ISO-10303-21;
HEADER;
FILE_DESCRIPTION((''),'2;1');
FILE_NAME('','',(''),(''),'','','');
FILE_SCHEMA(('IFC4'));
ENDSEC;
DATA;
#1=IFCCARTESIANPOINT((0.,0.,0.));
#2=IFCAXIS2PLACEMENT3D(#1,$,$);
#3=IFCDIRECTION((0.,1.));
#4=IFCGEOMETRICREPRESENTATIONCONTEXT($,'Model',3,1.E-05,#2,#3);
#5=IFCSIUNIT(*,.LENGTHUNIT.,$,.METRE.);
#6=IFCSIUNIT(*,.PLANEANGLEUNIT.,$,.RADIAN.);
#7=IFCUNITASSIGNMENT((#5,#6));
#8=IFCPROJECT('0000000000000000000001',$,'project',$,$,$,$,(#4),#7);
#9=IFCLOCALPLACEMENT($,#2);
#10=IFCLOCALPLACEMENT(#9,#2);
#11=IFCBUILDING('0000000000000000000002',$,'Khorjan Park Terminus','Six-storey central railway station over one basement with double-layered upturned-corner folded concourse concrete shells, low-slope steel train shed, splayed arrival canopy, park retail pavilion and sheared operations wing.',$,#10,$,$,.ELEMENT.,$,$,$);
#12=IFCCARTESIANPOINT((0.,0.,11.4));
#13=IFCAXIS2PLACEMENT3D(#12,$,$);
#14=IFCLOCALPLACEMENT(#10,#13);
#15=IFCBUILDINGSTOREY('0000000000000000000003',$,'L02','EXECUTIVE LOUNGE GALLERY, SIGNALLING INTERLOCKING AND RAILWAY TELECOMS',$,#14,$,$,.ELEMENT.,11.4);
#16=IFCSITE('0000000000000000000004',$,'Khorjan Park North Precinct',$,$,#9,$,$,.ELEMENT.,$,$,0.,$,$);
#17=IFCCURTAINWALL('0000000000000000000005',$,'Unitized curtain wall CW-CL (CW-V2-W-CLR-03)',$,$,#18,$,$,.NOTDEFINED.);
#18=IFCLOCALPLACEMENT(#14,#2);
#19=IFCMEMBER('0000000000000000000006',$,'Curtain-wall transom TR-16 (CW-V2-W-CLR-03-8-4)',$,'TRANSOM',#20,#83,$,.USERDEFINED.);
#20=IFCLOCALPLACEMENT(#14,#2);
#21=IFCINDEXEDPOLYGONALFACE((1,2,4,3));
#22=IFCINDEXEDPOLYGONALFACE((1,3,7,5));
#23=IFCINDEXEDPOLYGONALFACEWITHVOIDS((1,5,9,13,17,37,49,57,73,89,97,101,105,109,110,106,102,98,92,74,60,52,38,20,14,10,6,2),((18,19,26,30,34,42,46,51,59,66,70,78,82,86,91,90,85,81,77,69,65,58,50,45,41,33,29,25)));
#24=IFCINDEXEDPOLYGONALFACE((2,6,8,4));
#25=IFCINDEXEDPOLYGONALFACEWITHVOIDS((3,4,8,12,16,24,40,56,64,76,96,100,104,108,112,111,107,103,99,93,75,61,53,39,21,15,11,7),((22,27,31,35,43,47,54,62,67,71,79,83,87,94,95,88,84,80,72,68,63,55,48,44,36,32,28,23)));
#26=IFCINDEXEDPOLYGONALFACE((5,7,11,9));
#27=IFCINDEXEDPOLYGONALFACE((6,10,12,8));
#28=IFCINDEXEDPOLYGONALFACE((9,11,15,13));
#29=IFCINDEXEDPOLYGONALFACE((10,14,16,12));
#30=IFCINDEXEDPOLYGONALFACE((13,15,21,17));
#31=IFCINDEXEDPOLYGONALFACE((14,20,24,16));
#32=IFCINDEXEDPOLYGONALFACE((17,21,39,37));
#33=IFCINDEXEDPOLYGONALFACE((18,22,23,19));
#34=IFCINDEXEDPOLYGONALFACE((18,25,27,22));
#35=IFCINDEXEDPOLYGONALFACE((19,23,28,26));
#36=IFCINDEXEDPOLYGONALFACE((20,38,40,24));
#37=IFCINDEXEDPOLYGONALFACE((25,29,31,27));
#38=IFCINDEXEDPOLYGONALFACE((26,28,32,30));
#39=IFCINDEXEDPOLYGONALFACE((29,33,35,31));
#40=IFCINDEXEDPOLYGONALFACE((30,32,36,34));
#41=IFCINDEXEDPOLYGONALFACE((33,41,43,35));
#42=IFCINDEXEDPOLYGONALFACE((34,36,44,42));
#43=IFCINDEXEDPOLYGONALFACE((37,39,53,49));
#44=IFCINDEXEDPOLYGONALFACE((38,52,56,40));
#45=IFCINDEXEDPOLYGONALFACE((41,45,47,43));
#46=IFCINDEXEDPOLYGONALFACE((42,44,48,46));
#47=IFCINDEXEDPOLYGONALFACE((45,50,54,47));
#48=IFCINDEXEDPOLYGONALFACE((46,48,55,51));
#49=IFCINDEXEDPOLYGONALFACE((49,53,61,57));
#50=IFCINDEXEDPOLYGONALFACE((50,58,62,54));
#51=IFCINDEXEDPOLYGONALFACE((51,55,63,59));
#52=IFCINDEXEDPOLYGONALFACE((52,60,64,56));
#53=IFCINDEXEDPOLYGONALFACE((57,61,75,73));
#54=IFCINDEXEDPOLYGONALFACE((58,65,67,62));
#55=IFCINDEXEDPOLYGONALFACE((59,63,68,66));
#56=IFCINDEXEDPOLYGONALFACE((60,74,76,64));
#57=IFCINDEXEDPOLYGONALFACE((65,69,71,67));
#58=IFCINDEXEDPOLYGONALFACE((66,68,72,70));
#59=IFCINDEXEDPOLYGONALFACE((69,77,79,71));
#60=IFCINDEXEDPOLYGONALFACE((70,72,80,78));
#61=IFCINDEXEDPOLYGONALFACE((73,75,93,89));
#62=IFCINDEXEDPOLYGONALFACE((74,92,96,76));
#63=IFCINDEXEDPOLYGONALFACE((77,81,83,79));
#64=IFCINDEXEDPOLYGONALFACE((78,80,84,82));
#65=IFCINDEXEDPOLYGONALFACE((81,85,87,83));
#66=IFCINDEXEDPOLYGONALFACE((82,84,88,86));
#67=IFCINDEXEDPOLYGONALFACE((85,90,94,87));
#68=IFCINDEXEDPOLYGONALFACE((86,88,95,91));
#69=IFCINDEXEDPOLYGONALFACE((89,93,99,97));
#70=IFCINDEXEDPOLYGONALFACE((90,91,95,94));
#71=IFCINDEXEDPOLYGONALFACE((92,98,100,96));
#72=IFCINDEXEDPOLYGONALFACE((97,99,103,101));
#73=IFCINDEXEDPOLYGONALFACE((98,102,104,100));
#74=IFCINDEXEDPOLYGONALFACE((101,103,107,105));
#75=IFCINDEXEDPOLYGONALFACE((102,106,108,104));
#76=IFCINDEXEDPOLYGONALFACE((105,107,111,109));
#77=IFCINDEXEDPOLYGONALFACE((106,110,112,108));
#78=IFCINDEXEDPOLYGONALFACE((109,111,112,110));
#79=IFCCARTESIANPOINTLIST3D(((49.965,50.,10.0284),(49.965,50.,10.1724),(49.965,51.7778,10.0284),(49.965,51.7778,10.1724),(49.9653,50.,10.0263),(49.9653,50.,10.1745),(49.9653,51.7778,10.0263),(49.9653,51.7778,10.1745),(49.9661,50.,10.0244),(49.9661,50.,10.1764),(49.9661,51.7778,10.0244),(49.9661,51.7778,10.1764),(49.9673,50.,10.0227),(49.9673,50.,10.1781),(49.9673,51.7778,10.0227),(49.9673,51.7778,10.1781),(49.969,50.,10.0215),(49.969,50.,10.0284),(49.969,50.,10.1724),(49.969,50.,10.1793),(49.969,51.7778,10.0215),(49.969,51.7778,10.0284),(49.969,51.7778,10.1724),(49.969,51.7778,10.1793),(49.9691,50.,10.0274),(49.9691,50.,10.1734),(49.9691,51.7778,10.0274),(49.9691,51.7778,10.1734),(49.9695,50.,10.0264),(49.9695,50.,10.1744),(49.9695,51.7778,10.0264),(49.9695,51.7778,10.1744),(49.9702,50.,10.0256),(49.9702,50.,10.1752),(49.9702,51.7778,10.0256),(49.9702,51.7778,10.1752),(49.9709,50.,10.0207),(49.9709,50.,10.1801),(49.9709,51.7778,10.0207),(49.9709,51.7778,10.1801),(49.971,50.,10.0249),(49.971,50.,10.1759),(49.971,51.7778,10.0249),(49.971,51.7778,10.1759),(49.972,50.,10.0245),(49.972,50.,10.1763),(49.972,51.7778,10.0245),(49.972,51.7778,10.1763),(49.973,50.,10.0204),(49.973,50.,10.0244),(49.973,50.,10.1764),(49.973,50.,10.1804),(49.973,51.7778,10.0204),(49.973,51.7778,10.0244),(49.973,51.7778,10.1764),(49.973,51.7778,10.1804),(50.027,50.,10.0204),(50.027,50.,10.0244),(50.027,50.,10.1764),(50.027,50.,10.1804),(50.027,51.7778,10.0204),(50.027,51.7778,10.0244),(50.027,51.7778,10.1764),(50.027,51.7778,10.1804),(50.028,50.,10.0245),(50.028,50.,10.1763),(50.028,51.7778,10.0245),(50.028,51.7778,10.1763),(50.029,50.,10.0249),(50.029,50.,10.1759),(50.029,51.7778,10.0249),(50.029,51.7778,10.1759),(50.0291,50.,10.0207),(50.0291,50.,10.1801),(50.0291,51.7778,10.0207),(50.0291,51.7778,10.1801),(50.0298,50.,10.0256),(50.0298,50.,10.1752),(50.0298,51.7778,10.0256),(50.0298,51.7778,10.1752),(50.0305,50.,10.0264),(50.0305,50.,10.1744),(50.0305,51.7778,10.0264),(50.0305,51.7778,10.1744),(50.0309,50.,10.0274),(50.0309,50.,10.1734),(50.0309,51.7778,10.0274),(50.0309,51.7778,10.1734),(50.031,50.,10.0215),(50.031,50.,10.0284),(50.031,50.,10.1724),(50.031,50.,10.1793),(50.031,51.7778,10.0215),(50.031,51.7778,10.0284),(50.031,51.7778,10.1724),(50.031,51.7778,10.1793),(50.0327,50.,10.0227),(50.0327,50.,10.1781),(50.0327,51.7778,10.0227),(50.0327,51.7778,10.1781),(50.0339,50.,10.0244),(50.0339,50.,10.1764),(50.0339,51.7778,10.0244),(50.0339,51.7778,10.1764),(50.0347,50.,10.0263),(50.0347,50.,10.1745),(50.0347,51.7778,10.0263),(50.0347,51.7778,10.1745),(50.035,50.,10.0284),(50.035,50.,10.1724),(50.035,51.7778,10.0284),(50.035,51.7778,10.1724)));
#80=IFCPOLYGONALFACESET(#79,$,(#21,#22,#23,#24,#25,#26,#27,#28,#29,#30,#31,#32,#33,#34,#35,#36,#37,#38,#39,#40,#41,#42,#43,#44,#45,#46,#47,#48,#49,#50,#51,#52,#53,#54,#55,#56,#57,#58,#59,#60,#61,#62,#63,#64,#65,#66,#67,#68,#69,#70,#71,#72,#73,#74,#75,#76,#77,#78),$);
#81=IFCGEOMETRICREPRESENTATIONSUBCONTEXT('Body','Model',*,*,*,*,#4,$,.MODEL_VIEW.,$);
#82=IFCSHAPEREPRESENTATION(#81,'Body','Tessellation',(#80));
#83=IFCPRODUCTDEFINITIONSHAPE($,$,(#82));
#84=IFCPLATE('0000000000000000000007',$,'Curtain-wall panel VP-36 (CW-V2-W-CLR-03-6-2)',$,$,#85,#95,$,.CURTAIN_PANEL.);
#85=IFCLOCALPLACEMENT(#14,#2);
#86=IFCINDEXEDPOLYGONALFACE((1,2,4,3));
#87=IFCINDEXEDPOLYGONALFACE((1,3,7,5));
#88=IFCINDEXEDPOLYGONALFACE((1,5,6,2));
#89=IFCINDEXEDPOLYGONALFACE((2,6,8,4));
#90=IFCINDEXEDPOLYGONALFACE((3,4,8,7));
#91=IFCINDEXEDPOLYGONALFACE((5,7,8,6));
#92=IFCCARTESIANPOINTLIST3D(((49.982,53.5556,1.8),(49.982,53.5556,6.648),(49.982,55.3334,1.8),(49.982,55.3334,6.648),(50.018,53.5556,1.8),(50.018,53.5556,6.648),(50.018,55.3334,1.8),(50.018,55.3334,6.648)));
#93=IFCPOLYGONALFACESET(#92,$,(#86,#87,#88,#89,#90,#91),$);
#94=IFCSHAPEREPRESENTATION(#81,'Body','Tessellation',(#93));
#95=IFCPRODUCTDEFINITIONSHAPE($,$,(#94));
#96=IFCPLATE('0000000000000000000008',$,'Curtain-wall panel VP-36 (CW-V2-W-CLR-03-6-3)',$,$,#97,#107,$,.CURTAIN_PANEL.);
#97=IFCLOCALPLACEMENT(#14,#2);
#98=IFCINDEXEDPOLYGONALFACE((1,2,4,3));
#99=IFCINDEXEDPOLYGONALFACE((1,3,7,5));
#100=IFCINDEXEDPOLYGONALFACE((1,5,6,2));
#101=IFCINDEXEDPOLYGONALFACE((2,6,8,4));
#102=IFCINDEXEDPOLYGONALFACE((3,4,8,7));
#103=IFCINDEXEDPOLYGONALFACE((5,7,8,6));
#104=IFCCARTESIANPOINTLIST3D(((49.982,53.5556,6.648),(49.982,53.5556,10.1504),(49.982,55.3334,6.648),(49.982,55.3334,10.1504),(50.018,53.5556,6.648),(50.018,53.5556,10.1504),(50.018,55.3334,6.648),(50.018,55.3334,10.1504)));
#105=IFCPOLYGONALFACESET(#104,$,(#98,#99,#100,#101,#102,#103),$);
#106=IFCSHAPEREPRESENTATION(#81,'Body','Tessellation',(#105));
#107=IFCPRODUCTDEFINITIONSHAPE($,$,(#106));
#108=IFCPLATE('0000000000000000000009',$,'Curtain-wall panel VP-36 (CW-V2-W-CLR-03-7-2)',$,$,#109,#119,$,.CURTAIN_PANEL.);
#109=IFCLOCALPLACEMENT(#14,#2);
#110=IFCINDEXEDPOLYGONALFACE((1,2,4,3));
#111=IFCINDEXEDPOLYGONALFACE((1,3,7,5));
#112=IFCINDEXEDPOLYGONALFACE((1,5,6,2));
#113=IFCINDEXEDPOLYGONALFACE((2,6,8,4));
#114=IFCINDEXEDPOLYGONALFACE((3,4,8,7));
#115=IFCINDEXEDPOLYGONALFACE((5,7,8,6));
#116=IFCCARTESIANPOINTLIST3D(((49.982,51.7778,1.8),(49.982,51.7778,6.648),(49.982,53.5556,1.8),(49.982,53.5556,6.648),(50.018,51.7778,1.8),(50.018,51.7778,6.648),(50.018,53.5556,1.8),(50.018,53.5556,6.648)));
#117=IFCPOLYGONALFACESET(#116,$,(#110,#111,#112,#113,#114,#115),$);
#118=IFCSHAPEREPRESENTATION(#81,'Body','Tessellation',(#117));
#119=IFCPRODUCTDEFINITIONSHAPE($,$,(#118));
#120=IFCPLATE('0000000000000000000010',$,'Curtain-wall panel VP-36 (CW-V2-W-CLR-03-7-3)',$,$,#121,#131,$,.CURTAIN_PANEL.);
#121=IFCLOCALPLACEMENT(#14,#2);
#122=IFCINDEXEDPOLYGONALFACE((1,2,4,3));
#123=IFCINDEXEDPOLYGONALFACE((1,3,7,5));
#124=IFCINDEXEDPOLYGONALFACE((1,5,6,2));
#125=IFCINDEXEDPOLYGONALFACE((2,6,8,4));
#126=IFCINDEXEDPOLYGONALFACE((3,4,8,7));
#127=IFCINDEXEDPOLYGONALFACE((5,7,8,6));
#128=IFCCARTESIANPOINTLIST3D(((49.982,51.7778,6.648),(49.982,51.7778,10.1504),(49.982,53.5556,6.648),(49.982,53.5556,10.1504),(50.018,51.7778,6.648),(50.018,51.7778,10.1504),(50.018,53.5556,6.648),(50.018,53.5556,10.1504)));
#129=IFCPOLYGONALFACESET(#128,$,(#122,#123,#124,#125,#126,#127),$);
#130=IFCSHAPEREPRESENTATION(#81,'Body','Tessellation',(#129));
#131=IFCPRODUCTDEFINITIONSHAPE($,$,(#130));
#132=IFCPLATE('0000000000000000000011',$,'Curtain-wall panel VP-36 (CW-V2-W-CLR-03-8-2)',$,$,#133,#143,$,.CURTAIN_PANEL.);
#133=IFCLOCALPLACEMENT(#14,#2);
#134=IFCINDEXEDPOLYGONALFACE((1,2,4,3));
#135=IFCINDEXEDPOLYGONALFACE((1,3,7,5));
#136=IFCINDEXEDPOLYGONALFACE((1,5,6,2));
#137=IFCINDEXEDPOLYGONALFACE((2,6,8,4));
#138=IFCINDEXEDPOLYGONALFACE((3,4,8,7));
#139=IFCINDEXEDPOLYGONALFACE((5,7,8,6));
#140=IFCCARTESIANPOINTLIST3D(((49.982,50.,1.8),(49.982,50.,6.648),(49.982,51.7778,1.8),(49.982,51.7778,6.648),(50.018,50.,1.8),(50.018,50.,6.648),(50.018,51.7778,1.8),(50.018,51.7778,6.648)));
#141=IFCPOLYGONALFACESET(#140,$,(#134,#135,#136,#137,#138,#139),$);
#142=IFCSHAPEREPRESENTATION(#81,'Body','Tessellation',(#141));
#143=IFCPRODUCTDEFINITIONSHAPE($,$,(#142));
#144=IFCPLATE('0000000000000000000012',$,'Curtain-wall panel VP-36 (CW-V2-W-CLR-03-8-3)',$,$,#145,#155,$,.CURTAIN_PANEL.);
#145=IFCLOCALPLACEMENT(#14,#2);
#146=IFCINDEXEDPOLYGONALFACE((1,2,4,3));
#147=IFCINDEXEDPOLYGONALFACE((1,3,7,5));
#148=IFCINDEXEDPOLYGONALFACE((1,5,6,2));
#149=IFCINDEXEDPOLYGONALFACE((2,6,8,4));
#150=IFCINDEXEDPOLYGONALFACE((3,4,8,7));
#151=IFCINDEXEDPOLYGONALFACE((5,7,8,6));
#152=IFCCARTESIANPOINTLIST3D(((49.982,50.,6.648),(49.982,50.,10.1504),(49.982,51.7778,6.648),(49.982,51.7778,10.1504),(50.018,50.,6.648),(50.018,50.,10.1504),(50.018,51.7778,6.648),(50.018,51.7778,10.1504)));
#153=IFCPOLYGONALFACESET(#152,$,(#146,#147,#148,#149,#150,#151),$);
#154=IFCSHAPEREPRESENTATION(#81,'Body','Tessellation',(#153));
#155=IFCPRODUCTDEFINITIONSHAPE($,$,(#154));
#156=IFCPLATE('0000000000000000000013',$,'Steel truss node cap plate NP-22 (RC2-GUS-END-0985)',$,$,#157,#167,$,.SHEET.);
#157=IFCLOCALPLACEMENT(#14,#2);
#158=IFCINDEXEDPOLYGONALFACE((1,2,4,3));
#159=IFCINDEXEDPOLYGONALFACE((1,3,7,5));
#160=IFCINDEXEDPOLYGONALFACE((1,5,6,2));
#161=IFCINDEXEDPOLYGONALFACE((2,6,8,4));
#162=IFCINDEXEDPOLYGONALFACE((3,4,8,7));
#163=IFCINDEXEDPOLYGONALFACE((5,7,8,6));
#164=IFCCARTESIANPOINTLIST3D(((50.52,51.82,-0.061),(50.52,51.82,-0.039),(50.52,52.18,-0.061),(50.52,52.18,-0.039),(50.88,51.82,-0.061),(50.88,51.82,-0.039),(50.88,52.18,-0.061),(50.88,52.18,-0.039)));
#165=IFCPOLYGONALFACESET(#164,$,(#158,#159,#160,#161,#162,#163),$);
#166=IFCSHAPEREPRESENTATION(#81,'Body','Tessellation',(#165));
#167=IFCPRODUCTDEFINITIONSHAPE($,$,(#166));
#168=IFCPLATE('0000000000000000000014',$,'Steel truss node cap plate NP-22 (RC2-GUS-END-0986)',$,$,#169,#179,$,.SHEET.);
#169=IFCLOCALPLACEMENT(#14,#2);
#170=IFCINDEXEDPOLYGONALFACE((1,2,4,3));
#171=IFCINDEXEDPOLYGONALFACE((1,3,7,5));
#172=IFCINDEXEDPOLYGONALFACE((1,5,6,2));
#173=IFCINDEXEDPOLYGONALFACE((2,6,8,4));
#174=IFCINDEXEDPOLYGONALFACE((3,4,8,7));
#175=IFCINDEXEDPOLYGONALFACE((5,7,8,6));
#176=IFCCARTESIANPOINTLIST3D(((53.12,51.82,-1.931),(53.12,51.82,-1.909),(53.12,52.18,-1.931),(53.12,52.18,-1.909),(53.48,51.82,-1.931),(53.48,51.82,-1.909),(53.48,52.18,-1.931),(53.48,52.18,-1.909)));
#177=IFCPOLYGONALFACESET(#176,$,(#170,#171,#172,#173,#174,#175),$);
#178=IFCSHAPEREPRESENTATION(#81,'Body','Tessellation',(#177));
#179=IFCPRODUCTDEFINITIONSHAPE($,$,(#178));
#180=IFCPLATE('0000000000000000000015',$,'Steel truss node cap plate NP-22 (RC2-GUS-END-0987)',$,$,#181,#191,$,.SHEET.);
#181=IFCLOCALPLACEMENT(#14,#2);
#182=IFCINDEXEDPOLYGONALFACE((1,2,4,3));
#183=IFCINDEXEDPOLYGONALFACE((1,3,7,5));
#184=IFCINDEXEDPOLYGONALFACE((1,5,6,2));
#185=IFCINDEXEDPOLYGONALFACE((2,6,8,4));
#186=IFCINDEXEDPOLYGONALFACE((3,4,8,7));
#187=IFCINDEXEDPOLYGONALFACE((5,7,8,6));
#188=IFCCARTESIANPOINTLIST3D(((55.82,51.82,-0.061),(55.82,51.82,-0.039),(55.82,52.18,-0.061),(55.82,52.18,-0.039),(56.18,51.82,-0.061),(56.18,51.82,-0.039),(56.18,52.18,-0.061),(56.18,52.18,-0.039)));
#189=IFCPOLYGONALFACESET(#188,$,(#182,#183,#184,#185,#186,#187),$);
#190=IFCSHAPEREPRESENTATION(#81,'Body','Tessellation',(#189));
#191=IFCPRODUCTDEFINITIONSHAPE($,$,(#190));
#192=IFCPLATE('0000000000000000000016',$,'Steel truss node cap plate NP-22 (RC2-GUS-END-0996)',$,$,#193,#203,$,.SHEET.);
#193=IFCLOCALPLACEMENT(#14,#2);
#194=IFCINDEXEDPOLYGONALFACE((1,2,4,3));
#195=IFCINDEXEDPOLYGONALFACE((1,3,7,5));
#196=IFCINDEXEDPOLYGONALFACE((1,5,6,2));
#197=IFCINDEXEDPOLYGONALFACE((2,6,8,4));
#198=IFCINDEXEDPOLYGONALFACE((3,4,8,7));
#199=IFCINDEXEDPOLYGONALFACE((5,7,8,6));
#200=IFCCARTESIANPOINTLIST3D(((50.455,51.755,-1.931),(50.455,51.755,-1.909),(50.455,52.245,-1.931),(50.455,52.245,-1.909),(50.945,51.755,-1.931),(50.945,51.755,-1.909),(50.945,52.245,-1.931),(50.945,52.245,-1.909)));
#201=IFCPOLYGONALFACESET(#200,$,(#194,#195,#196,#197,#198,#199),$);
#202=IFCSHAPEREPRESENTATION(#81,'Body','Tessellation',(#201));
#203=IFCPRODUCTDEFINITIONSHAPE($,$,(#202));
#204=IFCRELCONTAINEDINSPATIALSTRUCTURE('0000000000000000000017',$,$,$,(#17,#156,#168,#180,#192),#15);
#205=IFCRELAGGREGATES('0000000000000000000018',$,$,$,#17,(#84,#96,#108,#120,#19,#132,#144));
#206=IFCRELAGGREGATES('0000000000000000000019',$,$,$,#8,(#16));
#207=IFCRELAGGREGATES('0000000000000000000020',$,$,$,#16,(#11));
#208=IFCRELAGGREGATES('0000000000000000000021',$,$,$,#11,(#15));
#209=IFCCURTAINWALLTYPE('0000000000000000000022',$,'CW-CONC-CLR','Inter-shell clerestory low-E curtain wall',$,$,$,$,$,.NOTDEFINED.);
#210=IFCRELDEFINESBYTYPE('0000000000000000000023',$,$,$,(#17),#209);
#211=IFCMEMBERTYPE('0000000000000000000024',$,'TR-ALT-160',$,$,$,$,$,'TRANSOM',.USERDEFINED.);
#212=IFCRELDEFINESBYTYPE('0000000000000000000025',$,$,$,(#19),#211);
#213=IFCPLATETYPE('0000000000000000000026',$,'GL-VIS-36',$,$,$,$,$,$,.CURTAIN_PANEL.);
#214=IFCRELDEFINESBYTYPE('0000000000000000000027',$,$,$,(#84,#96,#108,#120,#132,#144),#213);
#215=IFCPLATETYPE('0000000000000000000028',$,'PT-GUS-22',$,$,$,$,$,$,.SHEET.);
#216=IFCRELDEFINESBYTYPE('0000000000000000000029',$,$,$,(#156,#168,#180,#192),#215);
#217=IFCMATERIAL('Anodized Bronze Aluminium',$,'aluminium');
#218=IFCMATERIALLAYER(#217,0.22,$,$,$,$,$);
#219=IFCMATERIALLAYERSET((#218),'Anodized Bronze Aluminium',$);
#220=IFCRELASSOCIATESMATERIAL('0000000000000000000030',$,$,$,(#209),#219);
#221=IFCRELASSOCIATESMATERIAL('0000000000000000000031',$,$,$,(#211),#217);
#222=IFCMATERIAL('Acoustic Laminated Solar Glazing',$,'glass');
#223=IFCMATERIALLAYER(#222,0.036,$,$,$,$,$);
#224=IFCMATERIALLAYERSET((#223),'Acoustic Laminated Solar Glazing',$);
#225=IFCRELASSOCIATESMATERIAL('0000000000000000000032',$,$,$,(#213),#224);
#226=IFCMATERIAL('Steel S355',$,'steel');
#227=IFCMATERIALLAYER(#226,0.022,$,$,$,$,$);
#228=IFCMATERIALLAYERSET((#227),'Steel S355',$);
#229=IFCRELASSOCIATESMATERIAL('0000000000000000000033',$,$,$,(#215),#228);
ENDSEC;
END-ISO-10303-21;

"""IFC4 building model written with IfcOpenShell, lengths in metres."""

from ifc_helpers import new_model, si_unit, direction, frame, origin, origin_2d, place, context, subcontext, project, spatial, rectangle, hollow_rectangle, extrude, material, layer, layer_set, material_profile, profile_set, type_object, element, aggregate, save


model = new_model("IFC4")

# Units and contexts
model_context = context("Model", 3, precision=1e-05, world=origin(), true_north=direction((0.0, 1.0)))
body_context = subcontext(model_context, "Body", "Model", "MODEL_VIEW")
ifc_project = project(units=[si_unit("LENGTHUNIT", "METRE"), si_unit("PLANEANGLEUNIT", "RADIAN")], contexts=[model_context])

# Site, building, storey
site_placement = place(None, origin())
site = spatial("IfcSite", under=ifc_project, at=site_placement, Name="Khorjan Park North Precinct", CompositionType="ELEMENT", RefElevation=0.0)
building_placement = place(site_placement, origin())
building = spatial("IfcBuilding", under=site, at=building_placement, Name="Khorjan Park Terminus", Description="Six-storey central railway station over one basement with double-layered upturned-corner folded concourse concrete shells, low-slope steel train shed, splayed arrival canopy, park retail pavilion and sheared operations wing.", CompositionType="ELEMENT")
storey_placement = place(building_placement, frame((0.0, 0.0, 11.4)))
storey = spatial("IfcBuildingStorey", under=building, at=storey_placement, Name="L02", Description="EXECUTIVE LOUNGE GALLERY, SIGNALLING INTERLOCKING AND RAILWAY TELECOMS", CompositionType="ELEMENT", Elevation=11.4)

# Shared definitions
ifc_material_1 = material(Name="Steel S355", Category="steel")

# Curtain wall, member, plates
ifc_material_2 = material(Name="Anodized Bronze Aluminium", Category="aluminium")
ifc_layer_1 = layer(ifc_material_2, 0.22)
ifc_layer_set_1 = layer_set([ifc_layer_1], Name="Anodized Bronze Aluminium")
curtain_wall_type = type_object("IfcCurtainWallType", Name="CW-CONC-CLR", Description="Inter-shell clerestory low-E curtain wall", PredefinedType="NOTDEFINED", material=ifc_layer_set_1)
curtain_wall_placement = place(storey_placement, origin())
curtain_wall = element("IfcCurtainWall", 1, at=curtain_wall_placement, inside=storey, type_object=curtain_wall_type, Name="Unitized curtain wall CW-CL (CW-V2-W-CLR-03)", PredefinedType="NOTDEFINED")
ifc_material_profile_1 = material_profile(ifc_material_2, hollow_rectangle(XDim=0.07, YDim=0.16, WallThickness=0.004, InnerFilletRadius=0.004, OuterFilletRadius=0.008, at=origin_2d()), Name="ALT 70x160x4")
ifc_profile_set_1 = profile_set([ifc_material_profile_1], Name="Anodized Bronze Aluminium")
member_type_1 = type_object("IfcMemberType", Name="TR-ALT-160", ElementType="TRANSOM", PredefinedType="USERDEFINED", material=ifc_profile_set_1)
member_1_placement = place(storey_placement, frame((50.0, 51.7778, 10.1004), z_axis=(0.0, -1.0, 0.0), x_axis=(1.0, 0.0, 0.0)))
member_1 = element("IfcMember", 2, at=member_1_placement, type_object=member_type_1, Name="Curtain-wall transom TR-16 (CW-V2-W-CLR-03-8-4)", ObjectType="TRANSOM", PredefinedType="USERDEFINED", context=body_context, shape_type="SweptSolid", body=[
    extrude(hollow_rectangle(XDim=0.07, YDim=0.16, WallThickness=0.004, InnerFilletRadius=0.004, OuterFilletRadius=0.008, at=origin_2d()), origin(), (0.0, 0.0, 1.0), 1.7778),
])
ifc_material_3 = material(Name="Acoustic Laminated Solar Glazing", Category="glass")
ifc_layer_2 = layer(ifc_material_3, 0.036)
ifc_layer_set_2 = layer_set([ifc_layer_2], Name="Acoustic Laminated Solar Glazing")
plate_type_1 = type_object("IfcPlateType", Name="GL-VIS-36", PredefinedType="CURTAIN_PANEL", material=ifc_layer_set_2)
plate_1_placement = place(storey_placement, frame((50.0, 54.4445, 1.8), z_axis=(0.0, 0.0, 1.0), x_axis=(0.0, -1.0, 0.0)))
plate_1 = element("IfcPlate", 3, at=plate_1_placement, type_object=plate_type_1, Name="Curtain-wall panel VP-36 (CW-V2-W-CLR-03-6-2)", PredefinedType="CURTAIN_PANEL", context=body_context, shape_type="SweptSolid", body=[
    extrude(rectangle(XDim=1.7778, YDim=0.036, at=origin_2d()), origin(), (0.0, 0.0, 1.0), 4.848),
])
plate_2_placement = place(storey_placement, frame((50.0, 54.4445, 6.648), z_axis=(0.0, 0.0, 1.0), x_axis=(0.0, -1.0, 0.0)))
plate_2 = element("IfcPlate", 4, at=plate_2_placement, type_object=plate_type_1, Name="Curtain-wall panel VP-36 (CW-V2-W-CLR-03-6-3)", PredefinedType="CURTAIN_PANEL", context=body_context, shape_type="SweptSolid", body=[
    extrude(rectangle(XDim=1.7778, YDim=0.036, at=origin_2d()), origin(), (0.0, 0.0, 1.0), 3.5024),
])
plate_3_placement = place(storey_placement, frame((50.0, 52.6667, 1.8), z_axis=(0.0, 0.0, 1.0), x_axis=(0.0, -1.0, 0.0)))
plate_3 = element("IfcPlate", 5, at=plate_3_placement, type_object=plate_type_1, Name="Curtain-wall panel VP-36 (CW-V2-W-CLR-03-7-2)", PredefinedType="CURTAIN_PANEL", context=body_context, shape_type="SweptSolid", body=[
    extrude(rectangle(XDim=1.7778, YDim=0.036, at=origin_2d()), origin(), (0.0, 0.0, 1.0), 4.848),
])
plate_4_placement = place(storey_placement, frame((50.0, 52.6667, 6.648), z_axis=(0.0, 0.0, 1.0), x_axis=(0.0, -1.0, 0.0)))
plate_4 = element("IfcPlate", 6, at=plate_4_placement, type_object=plate_type_1, Name="Curtain-wall panel VP-36 (CW-V2-W-CLR-03-7-3)", PredefinedType="CURTAIN_PANEL", context=body_context, shape_type="SweptSolid", body=[
    extrude(rectangle(XDim=1.7778, YDim=0.036, at=origin_2d()), origin(), (0.0, 0.0, 1.0), 3.5024),
])
plate_5_placement = place(storey_placement, frame((50.0, 50.8889, 1.8), z_axis=(0.0, 0.0, 1.0), x_axis=(0.0, -1.0, 0.0)))
plate_5 = element("IfcPlate", 7, at=plate_5_placement, type_object=plate_type_1, Name="Curtain-wall panel VP-36 (CW-V2-W-CLR-03-8-2)", PredefinedType="CURTAIN_PANEL", context=body_context, shape_type="SweptSolid", body=[
    extrude(rectangle(XDim=1.7778, YDim=0.036, at=origin_2d()), origin(), (0.0, 0.0, 1.0), 4.848),
])
plate_6_placement = place(storey_placement, frame((50.0, 50.8889, 6.648), z_axis=(0.0, 0.0, 1.0), x_axis=(0.0, -1.0, 0.0)))
plate_6 = element("IfcPlate", 8, at=plate_6_placement, type_object=plate_type_1, Name="Curtain-wall panel VP-36 (CW-V2-W-CLR-03-8-3)", PredefinedType="CURTAIN_PANEL", context=body_context, shape_type="SweptSolid", body=[
    extrude(rectangle(XDim=1.7778, YDim=0.036, at=origin_2d()), origin(), (0.0, 0.0, 1.0), 3.5024),
])

# Plates
ifc_layer_3 = layer(ifc_material_1, 0.022)
ifc_layer_set_3 = layer_set([ifc_layer_3], Name="Steel S355")
plate_type_2 = type_object("IfcPlateType", Name="PT-GUS-22", PredefinedType="SHEET", material=ifc_layer_set_3)
for number, where, z_axis, x_axis, name in (
    (9, (50.7, 52.0, -0.061), (0.0, 0.0, 1.0), (1.0, 0.0, 0.0), "Steel truss node cap plate NP-22 (RC2-GUS-END-0985)"),
    (10, (53.3, 52.0, -1.931), (0.0, 0.0, 1.0), (1.0, 0.0, 0.0), "Steel truss node cap plate NP-22 (RC2-GUS-END-0986)"),
    (11, (56.0, 52.0, -0.061), (0.0, 0.0, 1.0), (1.0, 0.0, 0.0), "Steel truss node cap plate NP-22 (RC2-GUS-END-0987)"),
):
    element("IfcPlate", number, at=place(storey_placement, frame(where, z_axis=z_axis, x_axis=x_axis)), inside=storey, type_object=plate_type_2, Name=name, PredefinedType="SHEET", context=body_context, shape_type="SweptSolid", body=[
        extrude(rectangle(XDim=0.36, YDim=0.36, at=origin_2d()), origin(), (0.0, 0.0, 1.0), 0.022),
    ])
for number, where, z_axis, x_axis, name in (
    (12, (50.7, 52.0, -1.931), (0.0, 0.0, 1.0), (1.0, 0.0, 0.0), "Steel truss node cap plate NP-22 (RC2-GUS-END-0996)"),
):
    element("IfcPlate", number, at=place(storey_placement, frame(where, z_axis=z_axis, x_axis=x_axis)), inside=storey, type_object=plate_type_2, Name=name, PredefinedType="SHEET", context=body_context, shape_type="SweptSolid", body=[
        extrude(rectangle(XDim=0.49, YDim=0.49, at=origin_2d()), origin(), (0.0, 0.0, 1.0), 0.022),
    ])

aggregate(curtain_wall, [plate_1, plate_2, plate_3, plate_4, member_1, plate_5, plate_6])

save(model, "model.ifc")
